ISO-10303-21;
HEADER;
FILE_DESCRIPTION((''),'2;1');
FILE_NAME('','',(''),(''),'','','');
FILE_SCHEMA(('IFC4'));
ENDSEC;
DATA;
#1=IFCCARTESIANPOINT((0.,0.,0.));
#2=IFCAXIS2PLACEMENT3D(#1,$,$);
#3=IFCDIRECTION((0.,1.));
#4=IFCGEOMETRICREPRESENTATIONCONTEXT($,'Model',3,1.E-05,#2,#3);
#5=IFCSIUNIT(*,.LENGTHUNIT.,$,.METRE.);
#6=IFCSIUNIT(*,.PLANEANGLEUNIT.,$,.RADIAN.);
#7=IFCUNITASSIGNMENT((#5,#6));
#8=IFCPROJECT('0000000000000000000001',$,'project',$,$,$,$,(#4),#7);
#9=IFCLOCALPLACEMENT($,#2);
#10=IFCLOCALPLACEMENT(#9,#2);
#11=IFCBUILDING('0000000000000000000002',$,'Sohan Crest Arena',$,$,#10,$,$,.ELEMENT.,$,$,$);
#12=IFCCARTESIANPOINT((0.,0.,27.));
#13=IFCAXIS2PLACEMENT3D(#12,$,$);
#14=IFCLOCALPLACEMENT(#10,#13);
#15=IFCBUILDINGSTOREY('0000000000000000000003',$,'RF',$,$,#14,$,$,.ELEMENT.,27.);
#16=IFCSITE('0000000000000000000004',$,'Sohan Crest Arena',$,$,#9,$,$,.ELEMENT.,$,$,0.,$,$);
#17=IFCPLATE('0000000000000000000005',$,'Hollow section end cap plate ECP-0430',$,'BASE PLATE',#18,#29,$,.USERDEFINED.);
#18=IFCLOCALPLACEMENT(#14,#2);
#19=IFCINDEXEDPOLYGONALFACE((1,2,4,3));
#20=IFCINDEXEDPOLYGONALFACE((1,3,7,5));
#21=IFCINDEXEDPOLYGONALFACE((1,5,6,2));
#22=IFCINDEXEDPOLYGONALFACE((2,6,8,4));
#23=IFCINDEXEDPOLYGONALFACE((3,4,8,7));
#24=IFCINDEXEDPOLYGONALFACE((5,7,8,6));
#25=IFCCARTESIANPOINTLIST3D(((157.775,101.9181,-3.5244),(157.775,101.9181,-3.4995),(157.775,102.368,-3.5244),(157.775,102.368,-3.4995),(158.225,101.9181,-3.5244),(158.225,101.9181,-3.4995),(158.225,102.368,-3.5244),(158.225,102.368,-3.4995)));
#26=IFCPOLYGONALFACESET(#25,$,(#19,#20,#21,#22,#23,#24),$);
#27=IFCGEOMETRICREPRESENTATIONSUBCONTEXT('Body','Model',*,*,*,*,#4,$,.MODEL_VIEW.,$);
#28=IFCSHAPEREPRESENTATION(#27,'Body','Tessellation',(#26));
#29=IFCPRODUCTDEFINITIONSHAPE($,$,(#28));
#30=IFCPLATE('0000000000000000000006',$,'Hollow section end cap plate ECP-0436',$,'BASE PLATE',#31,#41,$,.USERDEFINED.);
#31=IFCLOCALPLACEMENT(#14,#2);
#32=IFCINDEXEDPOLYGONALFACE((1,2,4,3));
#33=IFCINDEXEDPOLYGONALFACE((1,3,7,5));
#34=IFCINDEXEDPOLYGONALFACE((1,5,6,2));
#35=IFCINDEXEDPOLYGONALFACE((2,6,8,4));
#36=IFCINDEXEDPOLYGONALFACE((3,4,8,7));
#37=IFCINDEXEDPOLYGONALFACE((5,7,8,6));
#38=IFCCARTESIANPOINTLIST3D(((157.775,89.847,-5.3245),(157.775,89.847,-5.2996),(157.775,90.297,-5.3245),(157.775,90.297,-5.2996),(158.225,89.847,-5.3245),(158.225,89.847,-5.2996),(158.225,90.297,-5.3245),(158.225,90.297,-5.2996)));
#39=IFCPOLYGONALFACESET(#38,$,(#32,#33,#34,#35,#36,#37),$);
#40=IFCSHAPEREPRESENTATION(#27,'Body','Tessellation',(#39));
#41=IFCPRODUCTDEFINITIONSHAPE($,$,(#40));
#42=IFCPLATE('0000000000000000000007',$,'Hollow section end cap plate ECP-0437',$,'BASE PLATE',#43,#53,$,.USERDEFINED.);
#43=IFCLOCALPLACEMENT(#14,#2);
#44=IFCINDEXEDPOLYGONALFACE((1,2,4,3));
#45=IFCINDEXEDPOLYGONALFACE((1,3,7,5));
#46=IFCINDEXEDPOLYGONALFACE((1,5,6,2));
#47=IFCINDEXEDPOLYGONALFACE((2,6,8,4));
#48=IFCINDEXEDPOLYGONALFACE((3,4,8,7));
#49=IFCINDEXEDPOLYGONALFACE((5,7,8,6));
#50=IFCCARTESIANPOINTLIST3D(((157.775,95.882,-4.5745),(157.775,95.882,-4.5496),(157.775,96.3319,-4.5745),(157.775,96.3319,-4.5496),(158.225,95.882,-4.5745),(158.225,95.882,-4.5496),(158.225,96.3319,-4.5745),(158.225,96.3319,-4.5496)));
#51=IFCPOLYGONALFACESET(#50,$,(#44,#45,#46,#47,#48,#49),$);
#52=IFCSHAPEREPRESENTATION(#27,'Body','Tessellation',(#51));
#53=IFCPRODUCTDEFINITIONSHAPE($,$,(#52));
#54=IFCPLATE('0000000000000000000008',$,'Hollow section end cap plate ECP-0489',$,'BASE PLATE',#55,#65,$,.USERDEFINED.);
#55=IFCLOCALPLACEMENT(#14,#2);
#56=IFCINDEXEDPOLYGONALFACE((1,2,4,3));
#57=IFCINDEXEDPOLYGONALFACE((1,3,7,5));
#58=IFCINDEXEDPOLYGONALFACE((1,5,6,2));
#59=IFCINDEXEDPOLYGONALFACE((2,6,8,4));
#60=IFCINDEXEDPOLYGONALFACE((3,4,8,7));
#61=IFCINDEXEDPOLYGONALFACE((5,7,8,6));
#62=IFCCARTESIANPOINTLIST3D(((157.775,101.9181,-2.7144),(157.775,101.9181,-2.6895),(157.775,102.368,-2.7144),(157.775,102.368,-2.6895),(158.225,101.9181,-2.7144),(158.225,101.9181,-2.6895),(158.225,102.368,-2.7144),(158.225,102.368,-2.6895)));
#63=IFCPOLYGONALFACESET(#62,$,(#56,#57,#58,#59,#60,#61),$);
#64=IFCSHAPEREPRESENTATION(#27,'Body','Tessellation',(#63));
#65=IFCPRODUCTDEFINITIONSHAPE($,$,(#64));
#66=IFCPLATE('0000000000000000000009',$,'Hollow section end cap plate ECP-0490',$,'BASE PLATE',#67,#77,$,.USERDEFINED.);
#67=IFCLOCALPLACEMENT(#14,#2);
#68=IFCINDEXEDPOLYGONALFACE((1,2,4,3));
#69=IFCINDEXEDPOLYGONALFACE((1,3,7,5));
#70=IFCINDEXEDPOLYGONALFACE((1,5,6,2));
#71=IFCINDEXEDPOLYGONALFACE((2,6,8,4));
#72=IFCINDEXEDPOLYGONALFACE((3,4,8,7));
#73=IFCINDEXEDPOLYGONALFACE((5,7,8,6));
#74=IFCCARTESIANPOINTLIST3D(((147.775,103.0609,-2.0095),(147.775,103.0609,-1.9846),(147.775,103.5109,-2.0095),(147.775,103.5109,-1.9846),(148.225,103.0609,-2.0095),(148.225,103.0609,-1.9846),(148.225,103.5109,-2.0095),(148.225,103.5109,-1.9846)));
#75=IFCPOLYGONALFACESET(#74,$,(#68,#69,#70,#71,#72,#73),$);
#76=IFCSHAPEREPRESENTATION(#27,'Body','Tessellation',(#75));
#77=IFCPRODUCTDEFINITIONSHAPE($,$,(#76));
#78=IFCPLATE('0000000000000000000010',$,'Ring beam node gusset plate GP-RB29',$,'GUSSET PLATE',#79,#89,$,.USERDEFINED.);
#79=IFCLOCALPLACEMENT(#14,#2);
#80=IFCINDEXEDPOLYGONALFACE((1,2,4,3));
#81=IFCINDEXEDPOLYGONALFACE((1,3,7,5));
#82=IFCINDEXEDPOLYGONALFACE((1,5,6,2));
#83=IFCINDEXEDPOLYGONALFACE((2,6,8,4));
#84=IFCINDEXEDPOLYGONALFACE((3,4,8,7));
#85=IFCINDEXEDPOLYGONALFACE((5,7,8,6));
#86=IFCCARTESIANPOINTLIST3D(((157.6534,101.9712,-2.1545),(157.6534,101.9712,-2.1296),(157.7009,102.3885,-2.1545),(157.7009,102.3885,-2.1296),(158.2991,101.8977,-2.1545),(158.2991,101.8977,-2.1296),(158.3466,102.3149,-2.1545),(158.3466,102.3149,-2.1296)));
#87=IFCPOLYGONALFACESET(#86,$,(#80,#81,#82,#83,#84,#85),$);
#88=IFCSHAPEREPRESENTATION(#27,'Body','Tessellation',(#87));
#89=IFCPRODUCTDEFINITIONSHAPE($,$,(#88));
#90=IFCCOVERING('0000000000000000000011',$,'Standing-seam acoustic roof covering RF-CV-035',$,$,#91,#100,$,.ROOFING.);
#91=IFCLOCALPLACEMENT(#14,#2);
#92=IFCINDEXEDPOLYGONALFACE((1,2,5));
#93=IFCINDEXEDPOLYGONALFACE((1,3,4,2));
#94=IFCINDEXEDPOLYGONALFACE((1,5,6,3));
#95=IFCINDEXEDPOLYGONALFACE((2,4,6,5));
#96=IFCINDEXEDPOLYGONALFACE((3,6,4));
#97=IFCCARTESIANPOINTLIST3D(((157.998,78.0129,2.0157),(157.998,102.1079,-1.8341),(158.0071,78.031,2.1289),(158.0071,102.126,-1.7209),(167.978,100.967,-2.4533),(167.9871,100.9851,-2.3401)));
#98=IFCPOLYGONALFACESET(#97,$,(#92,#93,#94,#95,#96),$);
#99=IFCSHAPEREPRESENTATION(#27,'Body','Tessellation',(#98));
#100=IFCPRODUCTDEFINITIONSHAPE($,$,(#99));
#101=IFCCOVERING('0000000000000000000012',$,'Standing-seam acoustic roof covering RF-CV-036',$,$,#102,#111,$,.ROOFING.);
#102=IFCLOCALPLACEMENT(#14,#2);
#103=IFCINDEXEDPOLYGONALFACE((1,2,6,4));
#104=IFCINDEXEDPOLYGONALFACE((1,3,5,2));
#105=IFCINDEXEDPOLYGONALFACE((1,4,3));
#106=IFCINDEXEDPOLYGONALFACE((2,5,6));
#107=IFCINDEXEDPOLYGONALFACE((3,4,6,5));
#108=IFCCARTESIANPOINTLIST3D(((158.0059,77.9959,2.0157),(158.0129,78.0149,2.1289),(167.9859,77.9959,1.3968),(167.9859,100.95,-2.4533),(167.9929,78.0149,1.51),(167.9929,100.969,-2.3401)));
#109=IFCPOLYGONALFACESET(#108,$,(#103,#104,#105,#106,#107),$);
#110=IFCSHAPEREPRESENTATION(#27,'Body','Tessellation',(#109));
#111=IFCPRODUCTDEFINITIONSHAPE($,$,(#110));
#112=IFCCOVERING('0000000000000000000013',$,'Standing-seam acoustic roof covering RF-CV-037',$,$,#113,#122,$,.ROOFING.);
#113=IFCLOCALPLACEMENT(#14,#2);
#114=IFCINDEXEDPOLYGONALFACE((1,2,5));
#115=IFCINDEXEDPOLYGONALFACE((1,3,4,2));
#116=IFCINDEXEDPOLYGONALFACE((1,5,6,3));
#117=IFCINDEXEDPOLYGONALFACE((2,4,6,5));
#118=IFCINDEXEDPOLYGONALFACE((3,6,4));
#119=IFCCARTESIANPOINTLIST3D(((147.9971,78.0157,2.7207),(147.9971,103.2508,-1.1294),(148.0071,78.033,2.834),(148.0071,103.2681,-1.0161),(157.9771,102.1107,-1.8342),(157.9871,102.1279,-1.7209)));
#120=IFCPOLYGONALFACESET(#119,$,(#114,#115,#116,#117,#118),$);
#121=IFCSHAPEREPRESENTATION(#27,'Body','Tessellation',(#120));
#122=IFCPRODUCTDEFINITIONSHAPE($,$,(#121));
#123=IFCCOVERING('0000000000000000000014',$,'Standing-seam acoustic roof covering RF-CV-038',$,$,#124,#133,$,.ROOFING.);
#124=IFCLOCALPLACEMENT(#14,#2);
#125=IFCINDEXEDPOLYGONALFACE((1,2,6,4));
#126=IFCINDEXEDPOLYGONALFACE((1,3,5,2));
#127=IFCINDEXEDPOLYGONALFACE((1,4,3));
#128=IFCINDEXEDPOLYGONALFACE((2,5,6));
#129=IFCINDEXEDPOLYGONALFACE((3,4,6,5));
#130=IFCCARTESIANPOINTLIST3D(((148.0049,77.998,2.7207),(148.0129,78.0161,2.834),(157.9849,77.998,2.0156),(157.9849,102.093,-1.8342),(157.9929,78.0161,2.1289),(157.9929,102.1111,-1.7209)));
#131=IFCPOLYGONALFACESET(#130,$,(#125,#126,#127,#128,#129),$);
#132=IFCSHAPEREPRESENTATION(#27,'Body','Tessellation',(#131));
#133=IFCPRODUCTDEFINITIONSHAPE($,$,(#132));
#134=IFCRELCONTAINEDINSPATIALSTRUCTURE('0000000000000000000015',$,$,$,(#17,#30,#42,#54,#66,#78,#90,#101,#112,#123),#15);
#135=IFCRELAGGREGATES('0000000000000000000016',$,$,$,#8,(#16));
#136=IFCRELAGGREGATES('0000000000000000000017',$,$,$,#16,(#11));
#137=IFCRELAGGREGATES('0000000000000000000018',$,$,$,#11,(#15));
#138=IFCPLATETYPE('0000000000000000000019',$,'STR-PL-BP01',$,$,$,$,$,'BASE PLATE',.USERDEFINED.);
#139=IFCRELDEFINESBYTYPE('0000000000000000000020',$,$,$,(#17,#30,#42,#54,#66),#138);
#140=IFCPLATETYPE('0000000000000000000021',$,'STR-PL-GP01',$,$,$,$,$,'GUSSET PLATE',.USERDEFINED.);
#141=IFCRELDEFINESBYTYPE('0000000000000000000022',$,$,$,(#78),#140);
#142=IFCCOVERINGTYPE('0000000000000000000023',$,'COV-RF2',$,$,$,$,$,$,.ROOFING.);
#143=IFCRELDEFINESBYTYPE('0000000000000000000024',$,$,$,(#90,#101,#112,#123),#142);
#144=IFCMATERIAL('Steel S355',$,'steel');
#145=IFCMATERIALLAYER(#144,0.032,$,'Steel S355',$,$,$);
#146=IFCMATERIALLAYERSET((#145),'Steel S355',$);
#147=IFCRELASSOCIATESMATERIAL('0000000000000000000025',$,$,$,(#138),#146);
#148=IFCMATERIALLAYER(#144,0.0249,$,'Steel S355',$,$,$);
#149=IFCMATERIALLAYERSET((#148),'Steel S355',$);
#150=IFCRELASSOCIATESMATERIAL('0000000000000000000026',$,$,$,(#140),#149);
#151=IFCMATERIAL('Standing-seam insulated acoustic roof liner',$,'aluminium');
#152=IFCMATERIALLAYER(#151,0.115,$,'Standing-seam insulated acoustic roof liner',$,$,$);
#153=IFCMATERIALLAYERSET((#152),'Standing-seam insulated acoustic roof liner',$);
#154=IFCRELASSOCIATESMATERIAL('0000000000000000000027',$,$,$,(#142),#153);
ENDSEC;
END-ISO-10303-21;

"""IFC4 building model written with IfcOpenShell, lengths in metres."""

from ifc_helpers import new_model, si_unit, direction, frame, origin, origin_2d, place, context, subcontext, project, spatial, polyline, rectangle, outline, extrude, material, layer, layer_set, type_object, element, save


model = new_model("IFC4")

# Units and contexts
model_context = context("Model", 3, precision=1e-05, world=origin(), true_north=direction((0.0, 1.0)))
body_context = subcontext(model_context, "Body", "Model", "MODEL_VIEW")
ifc_project = project(units=[si_unit("LENGTHUNIT", "METRE"), si_unit("PLANEANGLEUNIT", "RADIAN")], contexts=[model_context])

# Site, building, storey
site_placement = place(None, origin())
site = spatial("IfcSite", under=ifc_project, at=site_placement, Name="Sohan Crest Arena", CompositionType="ELEMENT", RefElevation=0.0)
building_placement = place(site_placement, origin())
building = spatial("IfcBuilding", under=site, at=building_placement, Name="Sohan Crest Arena", CompositionType="ELEMENT")
storey_placement = place(building_placement, frame((0.0, 0.0, 27.0)))
storey = spatial("IfcBuildingStorey", under=building, at=storey_placement, Name="RF", CompositionType="ELEMENT", Elevation=27.0)

# Shared definitions
ifc_material_1 = material(Name="Steel S355", Category="steel")

# Plates
ifc_layer_1 = layer(ifc_material_1, 0.032, Name="Steel S355")
ifc_layer_set_1 = layer_set([ifc_layer_1], Name="Steel S355")
plate_type_1 = type_object("IfcPlateType", Name="STR-PL-BP01", ElementType="BASE PLATE", PredefinedType="USERDEFINED", material=ifc_layer_set_1)
for number, where, z_axis, x_axis, name in (
    (1, (158.0, 102.1431, -3.5244), (0.0, 0.0, 1.0), (1.0, 0.0, 0.0), "Hollow section end cap plate ECP-0430"),
    (2, (158.0, 90.072, -5.3245), (0.0, 0.0, 1.0), (1.0, 0.0, 0.0), "Hollow section end cap plate ECP-0436"),
    (3, (158.0, 96.1069, -4.5745), (0.0, 0.0, 1.0), (1.0, 0.0, 0.0), "Hollow section end cap plate ECP-0437"),
    (4, (158.0, 102.1431, -2.7144), (0.0, 0.0, 1.0), (1.0, 0.0, 0.0), "Hollow section end cap plate ECP-0489"),
    (5, (148.0, 103.2859, -2.0095), (0.0, 0.0, 1.0), (1.0, 0.0, 0.0), "Hollow section end cap plate ECP-0490"),
):
    element("IfcPlate", number, at=place(storey_placement, frame(where, z_axis=z_axis, x_axis=x_axis)), inside=storey, type_object=plate_type_1, Name=name, ObjectType="BASE PLATE", PredefinedType="USERDEFINED", context=body_context, shape_type="SweptSolid", body=[
        extrude(rectangle(XDim=0.45, YDim=0.45, at=origin_2d()), origin(), (0.0, 0.0, 1.0), 0.0249),
    ])
ifc_layer_2 = layer(ifc_material_1, 0.0249, Name="Steel S355")
ifc_layer_set_2 = layer_set([ifc_layer_2], Name="Steel S355")
plate_type_2 = type_object("IfcPlateType", Name="STR-PL-GP01", ElementType="GUSSET PLATE", PredefinedType="USERDEFINED", material=ifc_layer_set_2)
plate_placement = place(storey_placement, frame((158.0, 102.1431, -2.1545), z_axis=(0.0, 0.0, 1.0), x_axis=(-0.993572, 0.113203, 0.0)))
element("IfcPlate", 6, at=plate_placement, inside=storey, type_object=plate_type_2, Name="Ring beam node gusset plate GP-RB29", ObjectType="GUSSET PLATE", PredefinedType="USERDEFINED", context=body_context, shape_type="SweptSolid", body=[
    extrude(rectangle(XDim=0.6499, YDim=0.4199, at=origin_2d()), origin(), (0.0, 0.0, 1.0), 0.0249),
])

# Coverings
ifc_material_2 = material(Name="Standing-seam insulated acoustic roof liner", Category="aluminium")
ifc_layer_3 = layer(ifc_material_2, 0.115, Name="Standing-seam insulated acoustic roof liner")
ifc_layer_set_3 = layer_set([ifc_layer_3], Name="Standing-seam insulated acoustic roof liner")
covering_type = type_object("IfcCoveringType", Name="COV-RF2", PredefinedType="ROOFING", material=ifc_layer_set_3)
covering_1_placement = place(storey_placement, frame((167.9871, 100.9851, -2.3401), z_axis=(0.079049, 0.157283, 0.984385), x_axis=(-0.991647, 0.113361, 0.06152)))
element("IfcCovering", 7, at=covering_1_placement, inside=storey, type_object=covering_type, Name="Standing-seam acoustic roof covering RF-CV-035", PredefinedType="ROOFING", context=body_context, shape_type="SweptSolid", body=[
    extrude(outline(polyline([(0.0, 0.0), (10.064, 0.0), (7.5695, 24.2727), (0.0, 0.0)])), origin(), (0.0, 0.0, -1.0), 0.115),
])
covering_2_placement = place(storey_placement, frame((167.9929, 100.969, -2.3401), z_axis=(0.061045, 0.165111, 0.984384), x_axis=(-0.392517, -0.902794, 0.175767)))
element("IfcCovering", 8, at=covering_2_placement, inside=storey, type_object=covering_type, Name="Standing-seam acoustic roof covering RF-CV-036", PredefinedType="ROOFING", context=body_context, shape_type="SweptSolid", body=[
    extrude(outline(polyline([(0.0, 0.0), (25.4256, 0.0), (21.3995, 9.1528), (0.0, 0.0)])), origin(), (0.0, 0.0, -1.0), 0.115),
])
covering_3_placement = place(storey_placement, frame((157.9871, 102.1279, -1.7209), z_axis=(0.086719, 0.150256, 0.984837), x_axis=(-0.991101, 0.113226, 0.069996)))
element("IfcCovering", 9, at=covering_3_placement, inside=storey, type_object=covering_type, Name="Standing-seam acoustic roof covering RF-CV-037", PredefinedType="ROOFING", context=body_context, shape_type="SweptSolid", body=[
    extrude(outline(polyline([(0.0, 0.0), (10.0696, 0.0), (7.4818, 25.3956), (0.0, 0.0)])), origin(), (0.0, 0.0, -1.0), 0.115),
])
covering_4_placement = place(storey_placement, frame((157.9929, 102.1111, -1.7209), z_axis=(0.069595, 0.157394, 0.98508), x_axis=(-0.376962, -0.91011, 0.172048)))
element("IfcCovering", 10, at=covering_4_placement, inside=storey, type_object=covering_type, Name="Standing-seam acoustic roof covering RF-CV-038", PredefinedType="ROOFING", context=body_context, shape_type="SweptSolid", body=[
    extrude(outline(polyline([(0.0, 0.0), (26.4748, 0.0), (22.5914, 9.2204), (0.0, 0.0)])), origin(), (0.0, 0.0, -1.0), 0.115),
])

save(model, "model.ifc")
